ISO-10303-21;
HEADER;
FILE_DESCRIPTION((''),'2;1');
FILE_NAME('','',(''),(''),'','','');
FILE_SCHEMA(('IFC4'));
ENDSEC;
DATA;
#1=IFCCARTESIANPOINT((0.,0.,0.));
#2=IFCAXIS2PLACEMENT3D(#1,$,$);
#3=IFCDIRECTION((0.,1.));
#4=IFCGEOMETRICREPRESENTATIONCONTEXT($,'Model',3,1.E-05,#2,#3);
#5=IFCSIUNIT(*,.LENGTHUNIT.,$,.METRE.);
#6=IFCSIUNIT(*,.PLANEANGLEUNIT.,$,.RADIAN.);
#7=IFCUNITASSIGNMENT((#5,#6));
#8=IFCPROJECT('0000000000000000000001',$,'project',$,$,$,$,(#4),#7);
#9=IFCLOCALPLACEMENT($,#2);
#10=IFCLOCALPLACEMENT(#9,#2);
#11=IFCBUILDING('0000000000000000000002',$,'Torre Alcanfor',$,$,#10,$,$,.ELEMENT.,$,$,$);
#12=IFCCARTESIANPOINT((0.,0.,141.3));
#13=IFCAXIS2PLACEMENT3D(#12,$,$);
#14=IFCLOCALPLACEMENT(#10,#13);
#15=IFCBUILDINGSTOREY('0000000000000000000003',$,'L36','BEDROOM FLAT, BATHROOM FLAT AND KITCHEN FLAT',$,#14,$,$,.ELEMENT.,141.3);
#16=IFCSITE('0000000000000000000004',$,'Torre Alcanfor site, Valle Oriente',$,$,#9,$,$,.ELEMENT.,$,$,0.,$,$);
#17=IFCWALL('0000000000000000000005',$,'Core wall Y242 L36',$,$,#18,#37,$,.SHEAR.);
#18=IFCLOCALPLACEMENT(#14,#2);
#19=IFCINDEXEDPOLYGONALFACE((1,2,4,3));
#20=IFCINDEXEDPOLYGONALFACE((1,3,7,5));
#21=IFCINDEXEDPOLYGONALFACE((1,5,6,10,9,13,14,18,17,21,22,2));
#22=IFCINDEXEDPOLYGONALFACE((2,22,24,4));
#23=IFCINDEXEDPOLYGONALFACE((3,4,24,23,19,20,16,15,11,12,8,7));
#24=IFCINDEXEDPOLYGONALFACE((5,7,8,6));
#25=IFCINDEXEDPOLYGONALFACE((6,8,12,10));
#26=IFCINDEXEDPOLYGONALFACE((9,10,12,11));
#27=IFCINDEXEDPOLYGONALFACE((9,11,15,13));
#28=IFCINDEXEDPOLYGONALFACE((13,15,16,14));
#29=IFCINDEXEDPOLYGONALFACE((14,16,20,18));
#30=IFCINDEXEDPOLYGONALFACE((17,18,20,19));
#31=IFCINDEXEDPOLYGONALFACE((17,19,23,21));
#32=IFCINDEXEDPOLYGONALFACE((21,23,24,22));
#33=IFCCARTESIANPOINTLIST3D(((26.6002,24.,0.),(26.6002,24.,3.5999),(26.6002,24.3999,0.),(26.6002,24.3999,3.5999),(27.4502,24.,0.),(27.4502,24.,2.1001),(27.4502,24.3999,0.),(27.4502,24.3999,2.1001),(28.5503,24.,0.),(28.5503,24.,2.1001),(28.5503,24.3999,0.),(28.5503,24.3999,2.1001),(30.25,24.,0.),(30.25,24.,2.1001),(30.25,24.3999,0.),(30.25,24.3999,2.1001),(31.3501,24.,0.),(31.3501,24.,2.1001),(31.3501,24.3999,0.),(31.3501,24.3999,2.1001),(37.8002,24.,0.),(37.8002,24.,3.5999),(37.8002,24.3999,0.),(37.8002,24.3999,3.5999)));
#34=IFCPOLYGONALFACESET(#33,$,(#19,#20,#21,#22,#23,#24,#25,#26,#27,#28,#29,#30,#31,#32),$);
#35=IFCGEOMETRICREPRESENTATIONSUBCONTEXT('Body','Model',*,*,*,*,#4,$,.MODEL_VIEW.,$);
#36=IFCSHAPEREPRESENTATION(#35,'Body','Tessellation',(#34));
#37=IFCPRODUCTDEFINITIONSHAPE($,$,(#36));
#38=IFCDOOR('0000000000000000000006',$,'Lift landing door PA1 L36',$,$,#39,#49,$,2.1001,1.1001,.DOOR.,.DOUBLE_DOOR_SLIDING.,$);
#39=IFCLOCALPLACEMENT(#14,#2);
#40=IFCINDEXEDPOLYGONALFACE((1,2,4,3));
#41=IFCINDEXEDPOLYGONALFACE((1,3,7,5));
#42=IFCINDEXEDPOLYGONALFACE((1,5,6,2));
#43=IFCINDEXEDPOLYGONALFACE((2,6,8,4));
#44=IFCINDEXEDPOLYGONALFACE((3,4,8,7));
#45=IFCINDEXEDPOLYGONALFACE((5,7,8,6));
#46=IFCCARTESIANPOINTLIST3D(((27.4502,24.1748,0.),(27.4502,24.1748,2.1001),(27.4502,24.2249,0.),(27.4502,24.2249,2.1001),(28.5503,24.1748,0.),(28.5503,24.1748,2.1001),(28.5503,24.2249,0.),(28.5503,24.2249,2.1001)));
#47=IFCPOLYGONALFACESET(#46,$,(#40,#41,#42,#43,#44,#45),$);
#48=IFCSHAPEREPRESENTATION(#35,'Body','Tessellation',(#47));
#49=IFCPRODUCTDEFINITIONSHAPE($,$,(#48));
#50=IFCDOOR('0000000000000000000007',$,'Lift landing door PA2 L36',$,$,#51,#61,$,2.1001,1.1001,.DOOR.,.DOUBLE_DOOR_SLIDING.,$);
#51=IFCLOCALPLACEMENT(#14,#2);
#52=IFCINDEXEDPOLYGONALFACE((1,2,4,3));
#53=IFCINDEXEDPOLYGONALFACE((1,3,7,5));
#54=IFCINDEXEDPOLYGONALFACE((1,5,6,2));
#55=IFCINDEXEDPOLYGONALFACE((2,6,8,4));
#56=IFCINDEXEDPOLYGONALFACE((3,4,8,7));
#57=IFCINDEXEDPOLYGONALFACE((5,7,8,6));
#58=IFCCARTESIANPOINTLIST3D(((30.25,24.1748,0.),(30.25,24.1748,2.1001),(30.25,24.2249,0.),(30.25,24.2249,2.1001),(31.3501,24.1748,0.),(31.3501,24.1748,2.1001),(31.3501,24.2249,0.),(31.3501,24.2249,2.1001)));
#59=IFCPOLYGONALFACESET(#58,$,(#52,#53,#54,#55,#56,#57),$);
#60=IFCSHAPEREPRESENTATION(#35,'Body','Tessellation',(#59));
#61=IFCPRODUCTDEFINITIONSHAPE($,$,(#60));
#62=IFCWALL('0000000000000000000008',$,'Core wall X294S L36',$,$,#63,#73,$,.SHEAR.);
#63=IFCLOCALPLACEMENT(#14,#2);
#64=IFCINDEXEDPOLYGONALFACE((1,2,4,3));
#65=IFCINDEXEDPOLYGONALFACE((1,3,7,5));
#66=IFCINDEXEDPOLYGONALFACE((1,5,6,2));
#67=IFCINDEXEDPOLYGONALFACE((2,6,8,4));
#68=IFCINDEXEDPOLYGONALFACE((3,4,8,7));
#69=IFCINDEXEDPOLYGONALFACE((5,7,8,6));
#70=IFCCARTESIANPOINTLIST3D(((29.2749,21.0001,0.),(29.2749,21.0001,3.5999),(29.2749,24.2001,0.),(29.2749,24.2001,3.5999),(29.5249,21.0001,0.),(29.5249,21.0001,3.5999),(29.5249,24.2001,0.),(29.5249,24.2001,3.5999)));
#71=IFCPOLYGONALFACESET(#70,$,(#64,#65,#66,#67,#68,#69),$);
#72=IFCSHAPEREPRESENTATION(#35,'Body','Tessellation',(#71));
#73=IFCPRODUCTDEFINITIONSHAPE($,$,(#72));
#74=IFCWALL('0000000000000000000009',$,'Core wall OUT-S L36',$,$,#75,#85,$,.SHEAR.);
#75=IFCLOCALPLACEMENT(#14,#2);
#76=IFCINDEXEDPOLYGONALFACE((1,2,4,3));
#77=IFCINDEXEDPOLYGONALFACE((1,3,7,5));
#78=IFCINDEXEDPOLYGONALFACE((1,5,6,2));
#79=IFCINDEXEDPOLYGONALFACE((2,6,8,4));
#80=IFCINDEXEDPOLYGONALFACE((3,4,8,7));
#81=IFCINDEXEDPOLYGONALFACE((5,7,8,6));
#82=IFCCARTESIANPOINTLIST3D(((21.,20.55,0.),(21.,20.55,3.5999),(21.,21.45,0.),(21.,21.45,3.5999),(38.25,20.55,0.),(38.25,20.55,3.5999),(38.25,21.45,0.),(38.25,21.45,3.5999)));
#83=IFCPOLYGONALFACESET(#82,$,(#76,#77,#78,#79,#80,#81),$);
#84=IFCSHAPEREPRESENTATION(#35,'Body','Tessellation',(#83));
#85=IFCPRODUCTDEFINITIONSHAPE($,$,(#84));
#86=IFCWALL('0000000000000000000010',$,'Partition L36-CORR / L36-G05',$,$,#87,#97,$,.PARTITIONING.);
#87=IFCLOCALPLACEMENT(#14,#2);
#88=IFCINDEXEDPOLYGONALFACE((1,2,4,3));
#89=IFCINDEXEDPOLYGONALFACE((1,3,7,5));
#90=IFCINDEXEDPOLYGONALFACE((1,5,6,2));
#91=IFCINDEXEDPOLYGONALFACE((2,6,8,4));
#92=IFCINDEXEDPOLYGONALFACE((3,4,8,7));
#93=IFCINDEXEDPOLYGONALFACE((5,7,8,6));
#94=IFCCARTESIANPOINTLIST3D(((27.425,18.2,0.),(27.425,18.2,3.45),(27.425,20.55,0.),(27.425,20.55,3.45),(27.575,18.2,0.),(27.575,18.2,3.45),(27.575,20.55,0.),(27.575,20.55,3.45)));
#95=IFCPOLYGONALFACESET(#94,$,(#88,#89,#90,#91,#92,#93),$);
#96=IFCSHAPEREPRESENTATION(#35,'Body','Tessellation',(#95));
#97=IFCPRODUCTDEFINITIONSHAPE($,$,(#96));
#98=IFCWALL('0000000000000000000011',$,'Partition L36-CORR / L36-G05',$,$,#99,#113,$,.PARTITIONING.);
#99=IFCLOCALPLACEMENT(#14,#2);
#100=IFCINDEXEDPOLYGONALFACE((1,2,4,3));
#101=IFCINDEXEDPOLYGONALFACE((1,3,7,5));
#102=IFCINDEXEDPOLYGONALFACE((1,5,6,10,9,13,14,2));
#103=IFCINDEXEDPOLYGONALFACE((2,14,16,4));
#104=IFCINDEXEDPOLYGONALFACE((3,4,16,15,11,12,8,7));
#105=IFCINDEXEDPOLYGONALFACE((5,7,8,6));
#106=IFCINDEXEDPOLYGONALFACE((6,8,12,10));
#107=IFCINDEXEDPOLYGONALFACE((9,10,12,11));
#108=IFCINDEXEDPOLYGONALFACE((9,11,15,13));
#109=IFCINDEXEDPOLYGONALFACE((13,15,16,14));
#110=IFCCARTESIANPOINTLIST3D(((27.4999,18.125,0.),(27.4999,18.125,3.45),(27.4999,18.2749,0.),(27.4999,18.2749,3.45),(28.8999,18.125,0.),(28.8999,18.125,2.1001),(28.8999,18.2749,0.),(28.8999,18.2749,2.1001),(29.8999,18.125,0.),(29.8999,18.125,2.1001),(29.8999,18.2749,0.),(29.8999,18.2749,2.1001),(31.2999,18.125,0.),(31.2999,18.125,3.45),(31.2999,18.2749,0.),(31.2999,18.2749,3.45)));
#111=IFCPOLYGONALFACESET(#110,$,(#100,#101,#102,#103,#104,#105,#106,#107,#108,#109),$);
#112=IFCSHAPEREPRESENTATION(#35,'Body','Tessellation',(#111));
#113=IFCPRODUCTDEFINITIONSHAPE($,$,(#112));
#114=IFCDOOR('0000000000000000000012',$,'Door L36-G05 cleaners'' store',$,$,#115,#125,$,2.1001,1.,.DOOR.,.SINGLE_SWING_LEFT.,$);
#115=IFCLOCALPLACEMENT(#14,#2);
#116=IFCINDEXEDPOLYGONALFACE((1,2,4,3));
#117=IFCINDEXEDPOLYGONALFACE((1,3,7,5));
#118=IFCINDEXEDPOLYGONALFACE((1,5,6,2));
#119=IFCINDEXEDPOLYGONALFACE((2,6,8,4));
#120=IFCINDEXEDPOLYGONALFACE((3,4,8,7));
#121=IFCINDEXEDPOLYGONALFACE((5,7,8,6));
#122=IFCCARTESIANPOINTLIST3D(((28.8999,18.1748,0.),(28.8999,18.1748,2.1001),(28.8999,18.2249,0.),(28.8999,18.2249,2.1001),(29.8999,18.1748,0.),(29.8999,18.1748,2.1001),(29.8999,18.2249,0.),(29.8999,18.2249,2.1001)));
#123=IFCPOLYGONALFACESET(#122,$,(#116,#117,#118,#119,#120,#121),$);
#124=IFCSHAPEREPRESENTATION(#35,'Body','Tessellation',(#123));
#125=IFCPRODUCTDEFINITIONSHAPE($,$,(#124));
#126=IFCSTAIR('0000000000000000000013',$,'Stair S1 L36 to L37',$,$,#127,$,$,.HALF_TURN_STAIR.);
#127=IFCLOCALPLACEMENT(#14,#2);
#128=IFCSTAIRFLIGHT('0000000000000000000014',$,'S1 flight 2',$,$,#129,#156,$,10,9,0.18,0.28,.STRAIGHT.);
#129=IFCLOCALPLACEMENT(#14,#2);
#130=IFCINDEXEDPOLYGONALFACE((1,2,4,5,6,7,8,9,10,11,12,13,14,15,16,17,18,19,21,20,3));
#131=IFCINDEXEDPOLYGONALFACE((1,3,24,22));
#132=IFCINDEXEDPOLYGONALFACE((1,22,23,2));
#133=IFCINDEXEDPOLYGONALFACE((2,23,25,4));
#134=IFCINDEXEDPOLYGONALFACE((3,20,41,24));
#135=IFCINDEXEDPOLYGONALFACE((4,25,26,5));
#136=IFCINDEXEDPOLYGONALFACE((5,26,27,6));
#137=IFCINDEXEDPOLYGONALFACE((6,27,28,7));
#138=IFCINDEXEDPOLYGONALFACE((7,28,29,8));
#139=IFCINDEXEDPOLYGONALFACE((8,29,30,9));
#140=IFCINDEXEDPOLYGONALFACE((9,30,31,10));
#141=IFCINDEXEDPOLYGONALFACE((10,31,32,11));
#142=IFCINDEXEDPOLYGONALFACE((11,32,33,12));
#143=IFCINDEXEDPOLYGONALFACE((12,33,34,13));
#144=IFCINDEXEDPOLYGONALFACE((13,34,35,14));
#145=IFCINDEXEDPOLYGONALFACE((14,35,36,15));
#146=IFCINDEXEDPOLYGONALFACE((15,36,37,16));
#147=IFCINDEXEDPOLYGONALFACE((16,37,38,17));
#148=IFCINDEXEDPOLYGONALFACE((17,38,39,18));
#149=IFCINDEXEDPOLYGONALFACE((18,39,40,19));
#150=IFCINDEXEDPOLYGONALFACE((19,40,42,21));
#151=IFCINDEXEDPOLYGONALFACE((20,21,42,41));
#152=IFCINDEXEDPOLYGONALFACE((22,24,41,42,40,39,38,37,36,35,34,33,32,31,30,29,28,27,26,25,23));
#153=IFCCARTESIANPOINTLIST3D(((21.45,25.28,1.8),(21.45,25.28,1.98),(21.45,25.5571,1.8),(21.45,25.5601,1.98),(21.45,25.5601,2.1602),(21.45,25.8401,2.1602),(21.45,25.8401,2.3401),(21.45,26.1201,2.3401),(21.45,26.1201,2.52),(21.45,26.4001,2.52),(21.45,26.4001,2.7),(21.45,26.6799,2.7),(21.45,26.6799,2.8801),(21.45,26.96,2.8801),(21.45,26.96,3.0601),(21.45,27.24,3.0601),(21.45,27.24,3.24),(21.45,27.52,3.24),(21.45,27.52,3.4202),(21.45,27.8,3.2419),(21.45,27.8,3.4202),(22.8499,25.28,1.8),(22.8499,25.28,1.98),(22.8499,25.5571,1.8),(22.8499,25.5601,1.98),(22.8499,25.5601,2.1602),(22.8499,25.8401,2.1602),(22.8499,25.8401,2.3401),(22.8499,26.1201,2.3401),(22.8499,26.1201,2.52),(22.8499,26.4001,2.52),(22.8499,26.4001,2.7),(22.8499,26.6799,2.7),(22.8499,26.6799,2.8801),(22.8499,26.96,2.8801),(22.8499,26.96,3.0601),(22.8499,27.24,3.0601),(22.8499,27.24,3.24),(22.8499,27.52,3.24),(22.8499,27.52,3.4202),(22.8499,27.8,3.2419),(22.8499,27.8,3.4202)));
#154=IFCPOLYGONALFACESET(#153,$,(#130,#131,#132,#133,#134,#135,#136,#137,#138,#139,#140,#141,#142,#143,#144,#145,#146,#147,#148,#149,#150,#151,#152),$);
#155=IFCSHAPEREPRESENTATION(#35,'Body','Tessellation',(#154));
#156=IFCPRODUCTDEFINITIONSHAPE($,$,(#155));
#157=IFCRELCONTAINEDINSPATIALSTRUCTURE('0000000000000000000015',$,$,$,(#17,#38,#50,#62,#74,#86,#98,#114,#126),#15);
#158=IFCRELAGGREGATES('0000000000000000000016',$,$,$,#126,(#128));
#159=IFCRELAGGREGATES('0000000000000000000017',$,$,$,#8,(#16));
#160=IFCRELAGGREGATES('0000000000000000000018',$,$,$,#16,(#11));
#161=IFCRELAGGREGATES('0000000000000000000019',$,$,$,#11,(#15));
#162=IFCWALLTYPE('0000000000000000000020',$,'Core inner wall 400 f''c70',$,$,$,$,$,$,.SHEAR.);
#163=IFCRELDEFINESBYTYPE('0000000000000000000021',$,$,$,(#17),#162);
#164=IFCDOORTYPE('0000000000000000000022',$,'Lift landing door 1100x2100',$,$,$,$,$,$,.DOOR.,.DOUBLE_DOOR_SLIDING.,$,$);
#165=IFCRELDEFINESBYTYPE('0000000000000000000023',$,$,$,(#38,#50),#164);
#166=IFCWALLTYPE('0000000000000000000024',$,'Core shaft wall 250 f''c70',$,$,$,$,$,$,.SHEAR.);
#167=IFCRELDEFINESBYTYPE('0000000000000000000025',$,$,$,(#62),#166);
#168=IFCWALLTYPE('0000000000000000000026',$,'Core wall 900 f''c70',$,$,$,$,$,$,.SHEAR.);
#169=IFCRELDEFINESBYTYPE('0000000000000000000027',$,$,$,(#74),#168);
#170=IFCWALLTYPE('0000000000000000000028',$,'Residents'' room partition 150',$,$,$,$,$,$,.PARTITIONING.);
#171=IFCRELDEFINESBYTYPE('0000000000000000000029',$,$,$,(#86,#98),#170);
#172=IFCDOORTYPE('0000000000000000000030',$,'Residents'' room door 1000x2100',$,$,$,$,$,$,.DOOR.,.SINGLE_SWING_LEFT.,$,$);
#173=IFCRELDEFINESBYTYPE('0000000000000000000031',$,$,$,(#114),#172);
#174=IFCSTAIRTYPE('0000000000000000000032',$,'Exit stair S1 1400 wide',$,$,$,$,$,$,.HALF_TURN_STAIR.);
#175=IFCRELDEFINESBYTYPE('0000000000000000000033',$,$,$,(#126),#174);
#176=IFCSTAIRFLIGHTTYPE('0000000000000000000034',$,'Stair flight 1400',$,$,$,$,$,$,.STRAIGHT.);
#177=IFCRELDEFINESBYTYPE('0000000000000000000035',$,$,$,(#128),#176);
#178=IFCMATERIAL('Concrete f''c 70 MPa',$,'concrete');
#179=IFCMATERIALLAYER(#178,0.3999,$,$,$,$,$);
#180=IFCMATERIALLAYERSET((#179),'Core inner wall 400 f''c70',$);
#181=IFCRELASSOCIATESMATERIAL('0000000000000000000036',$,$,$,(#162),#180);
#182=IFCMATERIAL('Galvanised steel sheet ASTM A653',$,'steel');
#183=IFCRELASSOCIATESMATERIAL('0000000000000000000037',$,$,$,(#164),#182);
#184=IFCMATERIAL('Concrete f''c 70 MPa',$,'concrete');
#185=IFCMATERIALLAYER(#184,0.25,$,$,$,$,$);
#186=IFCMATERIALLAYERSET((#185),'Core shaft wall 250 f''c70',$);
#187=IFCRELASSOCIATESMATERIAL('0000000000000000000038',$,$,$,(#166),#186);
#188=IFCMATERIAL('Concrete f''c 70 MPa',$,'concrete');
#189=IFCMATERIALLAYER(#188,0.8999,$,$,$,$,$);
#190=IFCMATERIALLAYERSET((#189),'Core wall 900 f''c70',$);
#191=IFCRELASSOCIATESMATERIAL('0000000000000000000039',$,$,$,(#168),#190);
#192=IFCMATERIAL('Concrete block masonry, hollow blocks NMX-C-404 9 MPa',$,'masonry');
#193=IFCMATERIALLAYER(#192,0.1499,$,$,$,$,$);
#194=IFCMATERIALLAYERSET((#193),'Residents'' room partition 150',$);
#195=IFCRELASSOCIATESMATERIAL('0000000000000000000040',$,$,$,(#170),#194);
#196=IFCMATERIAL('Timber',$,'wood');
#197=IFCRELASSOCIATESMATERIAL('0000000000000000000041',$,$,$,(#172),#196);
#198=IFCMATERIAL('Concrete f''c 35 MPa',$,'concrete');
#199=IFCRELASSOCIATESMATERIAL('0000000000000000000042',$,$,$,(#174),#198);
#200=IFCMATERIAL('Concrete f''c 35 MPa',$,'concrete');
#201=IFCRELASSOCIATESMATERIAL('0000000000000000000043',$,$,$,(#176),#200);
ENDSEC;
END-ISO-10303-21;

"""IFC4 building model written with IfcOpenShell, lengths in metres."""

from ifc_helpers import new_model, si_unit, direction, frame, frame_2d, origin, place, context, subcontext, project, spatial, polyline, rectangle, outline, extrude, material, layer, layer_set, type_object, element, fill, aggregate, save


model = new_model("IFC4")

# Units and contexts
model_context = context("Model", 3, precision=1e-05, world=origin(), true_north=direction((0.0, 1.0)))
body_context = subcontext(model_context, "Body", "Model", "MODEL_VIEW")
ifc_project = project(units=[si_unit("LENGTHUNIT", "METRE"), si_unit("PLANEANGLEUNIT", "RADIAN")], contexts=[model_context])

# Site, building, storey
site_placement = place(None, origin())
site = spatial("IfcSite", under=ifc_project, at=site_placement, Name="Torre Alcanfor site, Valle Oriente", CompositionType="ELEMENT", RefElevation=0.0)
building_placement = place(site_placement, origin())
building = spatial("IfcBuilding", under=site, at=building_placement, Name="Torre Alcanfor", CompositionType="ELEMENT")
storey_placement = place(building_placement, frame((0.0, 0.0, 141.3)))
storey = spatial("IfcBuildingStorey", under=building, at=storey_placement, Name="L36", Description="BEDROOM FLAT, BATHROOM FLAT AND KITCHEN FLAT", CompositionType="ELEMENT", Elevation=141.3)

# Shared definitions
ifc_material_1 = material(Name="Concrete f'c 70 MPa", Category="concrete")
ifc_layer_1 = layer(ifc_material_1, 0.3999)
ifc_layer_set_1 = layer_set([ifc_layer_1], Name="Core inner wall 400 f'c70")
wall_type_1 = type_object("IfcWallType", Name="Core inner wall 400 f'c70", PredefinedType="SHEAR", material=ifc_layer_set_1)

# Wall, openings, doors
wall_1_placement = place(storey_placement, frame((26.6001, 24.2, 0.0), z_axis=(0.0, 0.0, 1.0), x_axis=(1.0, 0.0, 0.0)))
wall_1 = element("IfcWall", 1, at=wall_1_placement, inside=storey, type_object=wall_type_1, Name="Core wall Y242 L36", PredefinedType="SHEAR", context=body_context, shape_type="SweptSolid", body=[
    extrude(rectangle(XDim=11.2, YDim=0.3999, at=frame_2d((5.6001, 0.0))), origin(), (0.0, 0.0, 1.0), 3.5999),
])
opening_1_placement = place(wall_1_placement, frame((0.8501, 0.0, 0.0)))
opening_1 = element("IfcOpeningElement", 2, at=opening_1_placement, cuts=wall_1, PredefinedType="OPENING", context=body_context, shape_type="SweptSolid", body=[
    extrude(rectangle(XDim=1.1001, YDim=2.1001, at=frame_2d((0.55, 1.05))), frame((0.0, 0.21, 0.0), z_axis=(0.0, -1.0, 0.0), x_axis=(1.0, 0.0, 0.0)), (0.0, 0.0, 1.0), 0.4199),
])
opening_2_placement = place(wall_1_placement, frame((3.6499, 0.0, 0.0)))
opening_2 = element("IfcOpeningElement", 3, at=opening_2_placement, cuts=wall_1, PredefinedType="OPENING", context=body_context, shape_type="SweptSolid", body=[
    extrude(rectangle(XDim=1.1001, YDim=2.1001, at=frame_2d((0.55, 1.05))), frame((0.0, 0.21, 0.0), z_axis=(0.0, -1.0, 0.0), x_axis=(1.0, 0.0, 0.0)), (0.0, 0.0, 1.0), 0.4199),
])
ifc_material_2 = material(Name="Galvanised steel sheet ASTM A653", Category="steel")
door_type_1 = type_object("IfcDoorType", Name="Lift landing door 1100x2100", OperationType="DOUBLE_DOOR_SLIDING", PredefinedType="DOOR", material=ifc_material_2)
door_1_placement = place(opening_1_placement, origin())
door_1 = element("IfcDoor", 4, at=door_1_placement, inside=storey, type_object=door_type_1, Name="Lift landing door PA1 L36", OperationType="DOUBLE_DOOR_SLIDING", OverallHeight=2.1001, OverallWidth=1.1001, PredefinedType="DOOR", context=body_context, shape_type="SweptSolid", body=[
    extrude(rectangle(XDim=1.1001, YDim=2.1001, at=frame_2d((0.55, 1.05))), frame((0.0, 0.0249, 0.0), z_axis=(0.0, -1.0, 0.0), x_axis=(1.0, 0.0, 0.0)), (0.0, 0.0, 1.0), 0.05),
])
fill(opening_1, door_1)
door_2_placement = place(opening_2_placement, origin())
door_2 = element("IfcDoor", 5, at=door_2_placement, inside=storey, type_object=door_type_1, Name="Lift landing door PA2 L36", OperationType="DOUBLE_DOOR_SLIDING", OverallHeight=2.1001, OverallWidth=1.1001, PredefinedType="DOOR", context=body_context, shape_type="SweptSolid", body=[
    extrude(rectangle(XDim=1.1001, YDim=2.1001, at=frame_2d((0.55, 1.05))), frame((0.0, 0.0249, 0.0), z_axis=(0.0, -1.0, 0.0), x_axis=(1.0, 0.0, 0.0)), (0.0, 0.0, 1.0), 0.05),
])
fill(opening_2, door_2)

# Walls
ifc_material_3 = material(Name="Concrete f'c 70 MPa", Category="concrete")
ifc_layer_2 = layer(ifc_material_3, 0.25)
ifc_layer_set_2 = layer_set([ifc_layer_2], Name="Core shaft wall 250 f'c70")
wall_type_2 = type_object("IfcWallType", Name="Core shaft wall 250 f'c70", PredefinedType="SHEAR", material=ifc_layer_set_2)
wall_2_placement = place(storey_placement, frame((29.3999, 21.0, 0.0), z_axis=(0.0, 0.0, 1.0), x_axis=(0.0, 1.0, 0.0)))
element("IfcWall", 6, at=wall_2_placement, inside=storey, type_object=wall_type_2, Name="Core wall X294S L36", PredefinedType="SHEAR", context=body_context, shape_type="SweptSolid", body=[
    extrude(rectangle(XDim=3.2, YDim=0.25, at=frame_2d((1.6001, 0.0))), origin(), (0.0, 0.0, 1.0), 3.5999),
])
ifc_material_4 = material(Name="Concrete f'c 70 MPa", Category="concrete")
ifc_layer_3 = layer(ifc_material_4, 0.8999)
ifc_layer_set_3 = layer_set([ifc_layer_3], Name="Core wall 900 f'c70")
wall_type_3 = type_object("IfcWallType", Name="Core wall 900 f'c70", PredefinedType="SHEAR", material=ifc_layer_set_3)
wall_3_placement = place(storey_placement, frame((21.0, 21.0, 0.0), z_axis=(0.0, 0.0, 1.0), x_axis=(1.0, 0.0, 0.0)))
element("IfcWall", 7, at=wall_3_placement, inside=storey, type_object=wall_type_3, Name="Core wall OUT-S L36", PredefinedType="SHEAR", context=body_context, shape_type="SweptSolid", body=[
    extrude(rectangle(XDim=17.25, YDim=0.8999, at=frame_2d((8.625, 0.0))), origin(), (0.0, 0.0, 1.0), 3.5999),
])
ifc_material_5 = material(Name="Concrete block masonry, hollow blocks NMX-C-404 9 MPa", Category="masonry")
ifc_layer_4 = layer(ifc_material_5, 0.1499)
ifc_layer_set_4 = layer_set([ifc_layer_4], Name="Residents' room partition 150")
wall_type_4 = type_object("IfcWallType", Name="Residents' room partition 150", PredefinedType="PARTITIONING", material=ifc_layer_set_4)
wall_4_placement = place(storey_placement, frame((27.5, 20.55, 0.0), z_axis=(0.0, 0.0, 1.0), x_axis=(0.0, -1.0, 0.0)))
element("IfcWall", 8, at=wall_4_placement, inside=storey, type_object=wall_type_4, Name="Partition L36-CORR / L36-G05", PredefinedType="PARTITIONING", context=body_context, shape_type="SweptSolid", body=[
    extrude(rectangle(XDim=2.3501, YDim=0.1499, at=frame_2d((1.175, 0.0))), origin(), (0.0, 0.0, 1.0), 3.45),
])

# Wall, opening, door
wall_5_placement = place(storey_placement, frame((27.5, 18.2, 0.0), z_axis=(0.0, 0.0, 1.0), x_axis=(1.0, 0.0, 0.0)))
wall_5 = element("IfcWall", 9, at=wall_5_placement, inside=storey, type_object=wall_type_4, Name="Partition L36-CORR / L36-G05", PredefinedType="PARTITIONING", context=body_context, shape_type="SweptSolid", body=[
    extrude(rectangle(XDim=3.8, YDim=0.1499, at=frame_2d((1.8999, 0.0))), origin(), (0.0, 0.0, 1.0), 3.45),
])
opening_3_placement = place(wall_5_placement, frame((1.3999, 0.0, 0.0)))
opening_3 = element("IfcOpeningElement", 10, at=opening_3_placement, cuts=wall_5, PredefinedType="OPENING", context=body_context, shape_type="SweptSolid", body=[
    extrude(rectangle(XDim=1.0, YDim=2.1001, at=frame_2d((0.5, 1.05))), frame((0.0, 0.085, 0.0), z_axis=(0.0, -1.0, 0.0), x_axis=(1.0, 0.0, 0.0)), (0.0, 0.0, 1.0), 0.1699),
])
ifc_material_6 = material(Name="Timber", Category="wood")
door_type_2 = type_object("IfcDoorType", Name="Residents' room door 1000x2100", OperationType="SINGLE_SWING_LEFT", PredefinedType="DOOR", material=ifc_material_6)
door_3_placement = place(opening_3_placement, origin())
door_3 = element("IfcDoor", 11, at=door_3_placement, inside=storey, type_object=door_type_2, Name="Door L36-G05 cleaners' store", OperationType="SINGLE_SWING_LEFT", OverallHeight=2.1001, OverallWidth=1.0, PredefinedType="DOOR", context=body_context, shape_type="SweptSolid", body=[
    extrude(rectangle(XDim=1.0, YDim=2.1001, at=frame_2d((0.5, 1.05))), frame((0.0, 0.0249, 0.0), z_axis=(0.0, -1.0, 0.0), x_axis=(1.0, 0.0, 0.0)), (0.0, 0.0, 1.0), 0.05),
])
fill(opening_3, door_3)

# Stair, stair flight
ifc_material_7 = material(Name="Concrete f'c 35 MPa", Category="concrete")
stair_type = type_object("IfcStairType", Name="Exit stair S1 1400 wide", PredefinedType="HALF_TURN_STAIR", material=ifc_material_7)
stair_placement = place(storey_placement, origin())
stair = element("IfcStair", 12, at=stair_placement, inside=storey, type_object=stair_type, Name="Stair S1 L36 to L37", PredefinedType="HALF_TURN_STAIR")
ifc_material_8 = material(Name="Concrete f'c 35 MPa", Category="concrete")
stair_flight_type = type_object("IfcStairFlightType", Name="Stair flight 1400", PredefinedType="STRAIGHT", material=ifc_material_8)
stair_flight_placement = place(storey_placement, frame((22.1499, 25.28, 1.8), z_axis=(0.0, 0.0, 1.0), x_axis=(0.0, 1.0, 0.0)))
stair_flight = element("IfcStairFlight", 13, at=stair_flight_placement, type_object=stair_flight_type, Name="S1 flight 2", NumberOfRisers=10, NumberOfTreads=9, PredefinedType="STRAIGHT", RiserHeight=0.18, TreadLength=0.28, context=body_context, shape_type="SweptSolid", body=[
    extrude(outline(polyline([(0.0, 0.0), (0.0, 0.1799), (0.28, 0.1799), (0.28, 0.3601), (0.5601, 0.3601), (0.5601, 0.54), (0.8401, 0.54), (0.8401, 0.72), (1.1201, 0.72), (1.1201, 0.8999), (1.3999, 0.8999), (1.3999, 1.0801), (1.6799, 1.0801), (1.6799, 1.26), (1.96, 1.26), (1.96, 1.4399), (2.24, 1.4399), (2.24, 1.6201), (2.52, 1.6201), (2.52, 1.8), (2.52, 1.4419), (0.2771, 0.0), (0.0, 0.0)])), frame((0.0, 0.7, 0.0), z_axis=(0.0, -1.0, 0.0), x_axis=(1.0, 0.0, 0.0)), (0.0, 0.0, 1.0), 1.3999),
])
aggregate(stair, [stair_flight])

save(model, "model.ifc")
